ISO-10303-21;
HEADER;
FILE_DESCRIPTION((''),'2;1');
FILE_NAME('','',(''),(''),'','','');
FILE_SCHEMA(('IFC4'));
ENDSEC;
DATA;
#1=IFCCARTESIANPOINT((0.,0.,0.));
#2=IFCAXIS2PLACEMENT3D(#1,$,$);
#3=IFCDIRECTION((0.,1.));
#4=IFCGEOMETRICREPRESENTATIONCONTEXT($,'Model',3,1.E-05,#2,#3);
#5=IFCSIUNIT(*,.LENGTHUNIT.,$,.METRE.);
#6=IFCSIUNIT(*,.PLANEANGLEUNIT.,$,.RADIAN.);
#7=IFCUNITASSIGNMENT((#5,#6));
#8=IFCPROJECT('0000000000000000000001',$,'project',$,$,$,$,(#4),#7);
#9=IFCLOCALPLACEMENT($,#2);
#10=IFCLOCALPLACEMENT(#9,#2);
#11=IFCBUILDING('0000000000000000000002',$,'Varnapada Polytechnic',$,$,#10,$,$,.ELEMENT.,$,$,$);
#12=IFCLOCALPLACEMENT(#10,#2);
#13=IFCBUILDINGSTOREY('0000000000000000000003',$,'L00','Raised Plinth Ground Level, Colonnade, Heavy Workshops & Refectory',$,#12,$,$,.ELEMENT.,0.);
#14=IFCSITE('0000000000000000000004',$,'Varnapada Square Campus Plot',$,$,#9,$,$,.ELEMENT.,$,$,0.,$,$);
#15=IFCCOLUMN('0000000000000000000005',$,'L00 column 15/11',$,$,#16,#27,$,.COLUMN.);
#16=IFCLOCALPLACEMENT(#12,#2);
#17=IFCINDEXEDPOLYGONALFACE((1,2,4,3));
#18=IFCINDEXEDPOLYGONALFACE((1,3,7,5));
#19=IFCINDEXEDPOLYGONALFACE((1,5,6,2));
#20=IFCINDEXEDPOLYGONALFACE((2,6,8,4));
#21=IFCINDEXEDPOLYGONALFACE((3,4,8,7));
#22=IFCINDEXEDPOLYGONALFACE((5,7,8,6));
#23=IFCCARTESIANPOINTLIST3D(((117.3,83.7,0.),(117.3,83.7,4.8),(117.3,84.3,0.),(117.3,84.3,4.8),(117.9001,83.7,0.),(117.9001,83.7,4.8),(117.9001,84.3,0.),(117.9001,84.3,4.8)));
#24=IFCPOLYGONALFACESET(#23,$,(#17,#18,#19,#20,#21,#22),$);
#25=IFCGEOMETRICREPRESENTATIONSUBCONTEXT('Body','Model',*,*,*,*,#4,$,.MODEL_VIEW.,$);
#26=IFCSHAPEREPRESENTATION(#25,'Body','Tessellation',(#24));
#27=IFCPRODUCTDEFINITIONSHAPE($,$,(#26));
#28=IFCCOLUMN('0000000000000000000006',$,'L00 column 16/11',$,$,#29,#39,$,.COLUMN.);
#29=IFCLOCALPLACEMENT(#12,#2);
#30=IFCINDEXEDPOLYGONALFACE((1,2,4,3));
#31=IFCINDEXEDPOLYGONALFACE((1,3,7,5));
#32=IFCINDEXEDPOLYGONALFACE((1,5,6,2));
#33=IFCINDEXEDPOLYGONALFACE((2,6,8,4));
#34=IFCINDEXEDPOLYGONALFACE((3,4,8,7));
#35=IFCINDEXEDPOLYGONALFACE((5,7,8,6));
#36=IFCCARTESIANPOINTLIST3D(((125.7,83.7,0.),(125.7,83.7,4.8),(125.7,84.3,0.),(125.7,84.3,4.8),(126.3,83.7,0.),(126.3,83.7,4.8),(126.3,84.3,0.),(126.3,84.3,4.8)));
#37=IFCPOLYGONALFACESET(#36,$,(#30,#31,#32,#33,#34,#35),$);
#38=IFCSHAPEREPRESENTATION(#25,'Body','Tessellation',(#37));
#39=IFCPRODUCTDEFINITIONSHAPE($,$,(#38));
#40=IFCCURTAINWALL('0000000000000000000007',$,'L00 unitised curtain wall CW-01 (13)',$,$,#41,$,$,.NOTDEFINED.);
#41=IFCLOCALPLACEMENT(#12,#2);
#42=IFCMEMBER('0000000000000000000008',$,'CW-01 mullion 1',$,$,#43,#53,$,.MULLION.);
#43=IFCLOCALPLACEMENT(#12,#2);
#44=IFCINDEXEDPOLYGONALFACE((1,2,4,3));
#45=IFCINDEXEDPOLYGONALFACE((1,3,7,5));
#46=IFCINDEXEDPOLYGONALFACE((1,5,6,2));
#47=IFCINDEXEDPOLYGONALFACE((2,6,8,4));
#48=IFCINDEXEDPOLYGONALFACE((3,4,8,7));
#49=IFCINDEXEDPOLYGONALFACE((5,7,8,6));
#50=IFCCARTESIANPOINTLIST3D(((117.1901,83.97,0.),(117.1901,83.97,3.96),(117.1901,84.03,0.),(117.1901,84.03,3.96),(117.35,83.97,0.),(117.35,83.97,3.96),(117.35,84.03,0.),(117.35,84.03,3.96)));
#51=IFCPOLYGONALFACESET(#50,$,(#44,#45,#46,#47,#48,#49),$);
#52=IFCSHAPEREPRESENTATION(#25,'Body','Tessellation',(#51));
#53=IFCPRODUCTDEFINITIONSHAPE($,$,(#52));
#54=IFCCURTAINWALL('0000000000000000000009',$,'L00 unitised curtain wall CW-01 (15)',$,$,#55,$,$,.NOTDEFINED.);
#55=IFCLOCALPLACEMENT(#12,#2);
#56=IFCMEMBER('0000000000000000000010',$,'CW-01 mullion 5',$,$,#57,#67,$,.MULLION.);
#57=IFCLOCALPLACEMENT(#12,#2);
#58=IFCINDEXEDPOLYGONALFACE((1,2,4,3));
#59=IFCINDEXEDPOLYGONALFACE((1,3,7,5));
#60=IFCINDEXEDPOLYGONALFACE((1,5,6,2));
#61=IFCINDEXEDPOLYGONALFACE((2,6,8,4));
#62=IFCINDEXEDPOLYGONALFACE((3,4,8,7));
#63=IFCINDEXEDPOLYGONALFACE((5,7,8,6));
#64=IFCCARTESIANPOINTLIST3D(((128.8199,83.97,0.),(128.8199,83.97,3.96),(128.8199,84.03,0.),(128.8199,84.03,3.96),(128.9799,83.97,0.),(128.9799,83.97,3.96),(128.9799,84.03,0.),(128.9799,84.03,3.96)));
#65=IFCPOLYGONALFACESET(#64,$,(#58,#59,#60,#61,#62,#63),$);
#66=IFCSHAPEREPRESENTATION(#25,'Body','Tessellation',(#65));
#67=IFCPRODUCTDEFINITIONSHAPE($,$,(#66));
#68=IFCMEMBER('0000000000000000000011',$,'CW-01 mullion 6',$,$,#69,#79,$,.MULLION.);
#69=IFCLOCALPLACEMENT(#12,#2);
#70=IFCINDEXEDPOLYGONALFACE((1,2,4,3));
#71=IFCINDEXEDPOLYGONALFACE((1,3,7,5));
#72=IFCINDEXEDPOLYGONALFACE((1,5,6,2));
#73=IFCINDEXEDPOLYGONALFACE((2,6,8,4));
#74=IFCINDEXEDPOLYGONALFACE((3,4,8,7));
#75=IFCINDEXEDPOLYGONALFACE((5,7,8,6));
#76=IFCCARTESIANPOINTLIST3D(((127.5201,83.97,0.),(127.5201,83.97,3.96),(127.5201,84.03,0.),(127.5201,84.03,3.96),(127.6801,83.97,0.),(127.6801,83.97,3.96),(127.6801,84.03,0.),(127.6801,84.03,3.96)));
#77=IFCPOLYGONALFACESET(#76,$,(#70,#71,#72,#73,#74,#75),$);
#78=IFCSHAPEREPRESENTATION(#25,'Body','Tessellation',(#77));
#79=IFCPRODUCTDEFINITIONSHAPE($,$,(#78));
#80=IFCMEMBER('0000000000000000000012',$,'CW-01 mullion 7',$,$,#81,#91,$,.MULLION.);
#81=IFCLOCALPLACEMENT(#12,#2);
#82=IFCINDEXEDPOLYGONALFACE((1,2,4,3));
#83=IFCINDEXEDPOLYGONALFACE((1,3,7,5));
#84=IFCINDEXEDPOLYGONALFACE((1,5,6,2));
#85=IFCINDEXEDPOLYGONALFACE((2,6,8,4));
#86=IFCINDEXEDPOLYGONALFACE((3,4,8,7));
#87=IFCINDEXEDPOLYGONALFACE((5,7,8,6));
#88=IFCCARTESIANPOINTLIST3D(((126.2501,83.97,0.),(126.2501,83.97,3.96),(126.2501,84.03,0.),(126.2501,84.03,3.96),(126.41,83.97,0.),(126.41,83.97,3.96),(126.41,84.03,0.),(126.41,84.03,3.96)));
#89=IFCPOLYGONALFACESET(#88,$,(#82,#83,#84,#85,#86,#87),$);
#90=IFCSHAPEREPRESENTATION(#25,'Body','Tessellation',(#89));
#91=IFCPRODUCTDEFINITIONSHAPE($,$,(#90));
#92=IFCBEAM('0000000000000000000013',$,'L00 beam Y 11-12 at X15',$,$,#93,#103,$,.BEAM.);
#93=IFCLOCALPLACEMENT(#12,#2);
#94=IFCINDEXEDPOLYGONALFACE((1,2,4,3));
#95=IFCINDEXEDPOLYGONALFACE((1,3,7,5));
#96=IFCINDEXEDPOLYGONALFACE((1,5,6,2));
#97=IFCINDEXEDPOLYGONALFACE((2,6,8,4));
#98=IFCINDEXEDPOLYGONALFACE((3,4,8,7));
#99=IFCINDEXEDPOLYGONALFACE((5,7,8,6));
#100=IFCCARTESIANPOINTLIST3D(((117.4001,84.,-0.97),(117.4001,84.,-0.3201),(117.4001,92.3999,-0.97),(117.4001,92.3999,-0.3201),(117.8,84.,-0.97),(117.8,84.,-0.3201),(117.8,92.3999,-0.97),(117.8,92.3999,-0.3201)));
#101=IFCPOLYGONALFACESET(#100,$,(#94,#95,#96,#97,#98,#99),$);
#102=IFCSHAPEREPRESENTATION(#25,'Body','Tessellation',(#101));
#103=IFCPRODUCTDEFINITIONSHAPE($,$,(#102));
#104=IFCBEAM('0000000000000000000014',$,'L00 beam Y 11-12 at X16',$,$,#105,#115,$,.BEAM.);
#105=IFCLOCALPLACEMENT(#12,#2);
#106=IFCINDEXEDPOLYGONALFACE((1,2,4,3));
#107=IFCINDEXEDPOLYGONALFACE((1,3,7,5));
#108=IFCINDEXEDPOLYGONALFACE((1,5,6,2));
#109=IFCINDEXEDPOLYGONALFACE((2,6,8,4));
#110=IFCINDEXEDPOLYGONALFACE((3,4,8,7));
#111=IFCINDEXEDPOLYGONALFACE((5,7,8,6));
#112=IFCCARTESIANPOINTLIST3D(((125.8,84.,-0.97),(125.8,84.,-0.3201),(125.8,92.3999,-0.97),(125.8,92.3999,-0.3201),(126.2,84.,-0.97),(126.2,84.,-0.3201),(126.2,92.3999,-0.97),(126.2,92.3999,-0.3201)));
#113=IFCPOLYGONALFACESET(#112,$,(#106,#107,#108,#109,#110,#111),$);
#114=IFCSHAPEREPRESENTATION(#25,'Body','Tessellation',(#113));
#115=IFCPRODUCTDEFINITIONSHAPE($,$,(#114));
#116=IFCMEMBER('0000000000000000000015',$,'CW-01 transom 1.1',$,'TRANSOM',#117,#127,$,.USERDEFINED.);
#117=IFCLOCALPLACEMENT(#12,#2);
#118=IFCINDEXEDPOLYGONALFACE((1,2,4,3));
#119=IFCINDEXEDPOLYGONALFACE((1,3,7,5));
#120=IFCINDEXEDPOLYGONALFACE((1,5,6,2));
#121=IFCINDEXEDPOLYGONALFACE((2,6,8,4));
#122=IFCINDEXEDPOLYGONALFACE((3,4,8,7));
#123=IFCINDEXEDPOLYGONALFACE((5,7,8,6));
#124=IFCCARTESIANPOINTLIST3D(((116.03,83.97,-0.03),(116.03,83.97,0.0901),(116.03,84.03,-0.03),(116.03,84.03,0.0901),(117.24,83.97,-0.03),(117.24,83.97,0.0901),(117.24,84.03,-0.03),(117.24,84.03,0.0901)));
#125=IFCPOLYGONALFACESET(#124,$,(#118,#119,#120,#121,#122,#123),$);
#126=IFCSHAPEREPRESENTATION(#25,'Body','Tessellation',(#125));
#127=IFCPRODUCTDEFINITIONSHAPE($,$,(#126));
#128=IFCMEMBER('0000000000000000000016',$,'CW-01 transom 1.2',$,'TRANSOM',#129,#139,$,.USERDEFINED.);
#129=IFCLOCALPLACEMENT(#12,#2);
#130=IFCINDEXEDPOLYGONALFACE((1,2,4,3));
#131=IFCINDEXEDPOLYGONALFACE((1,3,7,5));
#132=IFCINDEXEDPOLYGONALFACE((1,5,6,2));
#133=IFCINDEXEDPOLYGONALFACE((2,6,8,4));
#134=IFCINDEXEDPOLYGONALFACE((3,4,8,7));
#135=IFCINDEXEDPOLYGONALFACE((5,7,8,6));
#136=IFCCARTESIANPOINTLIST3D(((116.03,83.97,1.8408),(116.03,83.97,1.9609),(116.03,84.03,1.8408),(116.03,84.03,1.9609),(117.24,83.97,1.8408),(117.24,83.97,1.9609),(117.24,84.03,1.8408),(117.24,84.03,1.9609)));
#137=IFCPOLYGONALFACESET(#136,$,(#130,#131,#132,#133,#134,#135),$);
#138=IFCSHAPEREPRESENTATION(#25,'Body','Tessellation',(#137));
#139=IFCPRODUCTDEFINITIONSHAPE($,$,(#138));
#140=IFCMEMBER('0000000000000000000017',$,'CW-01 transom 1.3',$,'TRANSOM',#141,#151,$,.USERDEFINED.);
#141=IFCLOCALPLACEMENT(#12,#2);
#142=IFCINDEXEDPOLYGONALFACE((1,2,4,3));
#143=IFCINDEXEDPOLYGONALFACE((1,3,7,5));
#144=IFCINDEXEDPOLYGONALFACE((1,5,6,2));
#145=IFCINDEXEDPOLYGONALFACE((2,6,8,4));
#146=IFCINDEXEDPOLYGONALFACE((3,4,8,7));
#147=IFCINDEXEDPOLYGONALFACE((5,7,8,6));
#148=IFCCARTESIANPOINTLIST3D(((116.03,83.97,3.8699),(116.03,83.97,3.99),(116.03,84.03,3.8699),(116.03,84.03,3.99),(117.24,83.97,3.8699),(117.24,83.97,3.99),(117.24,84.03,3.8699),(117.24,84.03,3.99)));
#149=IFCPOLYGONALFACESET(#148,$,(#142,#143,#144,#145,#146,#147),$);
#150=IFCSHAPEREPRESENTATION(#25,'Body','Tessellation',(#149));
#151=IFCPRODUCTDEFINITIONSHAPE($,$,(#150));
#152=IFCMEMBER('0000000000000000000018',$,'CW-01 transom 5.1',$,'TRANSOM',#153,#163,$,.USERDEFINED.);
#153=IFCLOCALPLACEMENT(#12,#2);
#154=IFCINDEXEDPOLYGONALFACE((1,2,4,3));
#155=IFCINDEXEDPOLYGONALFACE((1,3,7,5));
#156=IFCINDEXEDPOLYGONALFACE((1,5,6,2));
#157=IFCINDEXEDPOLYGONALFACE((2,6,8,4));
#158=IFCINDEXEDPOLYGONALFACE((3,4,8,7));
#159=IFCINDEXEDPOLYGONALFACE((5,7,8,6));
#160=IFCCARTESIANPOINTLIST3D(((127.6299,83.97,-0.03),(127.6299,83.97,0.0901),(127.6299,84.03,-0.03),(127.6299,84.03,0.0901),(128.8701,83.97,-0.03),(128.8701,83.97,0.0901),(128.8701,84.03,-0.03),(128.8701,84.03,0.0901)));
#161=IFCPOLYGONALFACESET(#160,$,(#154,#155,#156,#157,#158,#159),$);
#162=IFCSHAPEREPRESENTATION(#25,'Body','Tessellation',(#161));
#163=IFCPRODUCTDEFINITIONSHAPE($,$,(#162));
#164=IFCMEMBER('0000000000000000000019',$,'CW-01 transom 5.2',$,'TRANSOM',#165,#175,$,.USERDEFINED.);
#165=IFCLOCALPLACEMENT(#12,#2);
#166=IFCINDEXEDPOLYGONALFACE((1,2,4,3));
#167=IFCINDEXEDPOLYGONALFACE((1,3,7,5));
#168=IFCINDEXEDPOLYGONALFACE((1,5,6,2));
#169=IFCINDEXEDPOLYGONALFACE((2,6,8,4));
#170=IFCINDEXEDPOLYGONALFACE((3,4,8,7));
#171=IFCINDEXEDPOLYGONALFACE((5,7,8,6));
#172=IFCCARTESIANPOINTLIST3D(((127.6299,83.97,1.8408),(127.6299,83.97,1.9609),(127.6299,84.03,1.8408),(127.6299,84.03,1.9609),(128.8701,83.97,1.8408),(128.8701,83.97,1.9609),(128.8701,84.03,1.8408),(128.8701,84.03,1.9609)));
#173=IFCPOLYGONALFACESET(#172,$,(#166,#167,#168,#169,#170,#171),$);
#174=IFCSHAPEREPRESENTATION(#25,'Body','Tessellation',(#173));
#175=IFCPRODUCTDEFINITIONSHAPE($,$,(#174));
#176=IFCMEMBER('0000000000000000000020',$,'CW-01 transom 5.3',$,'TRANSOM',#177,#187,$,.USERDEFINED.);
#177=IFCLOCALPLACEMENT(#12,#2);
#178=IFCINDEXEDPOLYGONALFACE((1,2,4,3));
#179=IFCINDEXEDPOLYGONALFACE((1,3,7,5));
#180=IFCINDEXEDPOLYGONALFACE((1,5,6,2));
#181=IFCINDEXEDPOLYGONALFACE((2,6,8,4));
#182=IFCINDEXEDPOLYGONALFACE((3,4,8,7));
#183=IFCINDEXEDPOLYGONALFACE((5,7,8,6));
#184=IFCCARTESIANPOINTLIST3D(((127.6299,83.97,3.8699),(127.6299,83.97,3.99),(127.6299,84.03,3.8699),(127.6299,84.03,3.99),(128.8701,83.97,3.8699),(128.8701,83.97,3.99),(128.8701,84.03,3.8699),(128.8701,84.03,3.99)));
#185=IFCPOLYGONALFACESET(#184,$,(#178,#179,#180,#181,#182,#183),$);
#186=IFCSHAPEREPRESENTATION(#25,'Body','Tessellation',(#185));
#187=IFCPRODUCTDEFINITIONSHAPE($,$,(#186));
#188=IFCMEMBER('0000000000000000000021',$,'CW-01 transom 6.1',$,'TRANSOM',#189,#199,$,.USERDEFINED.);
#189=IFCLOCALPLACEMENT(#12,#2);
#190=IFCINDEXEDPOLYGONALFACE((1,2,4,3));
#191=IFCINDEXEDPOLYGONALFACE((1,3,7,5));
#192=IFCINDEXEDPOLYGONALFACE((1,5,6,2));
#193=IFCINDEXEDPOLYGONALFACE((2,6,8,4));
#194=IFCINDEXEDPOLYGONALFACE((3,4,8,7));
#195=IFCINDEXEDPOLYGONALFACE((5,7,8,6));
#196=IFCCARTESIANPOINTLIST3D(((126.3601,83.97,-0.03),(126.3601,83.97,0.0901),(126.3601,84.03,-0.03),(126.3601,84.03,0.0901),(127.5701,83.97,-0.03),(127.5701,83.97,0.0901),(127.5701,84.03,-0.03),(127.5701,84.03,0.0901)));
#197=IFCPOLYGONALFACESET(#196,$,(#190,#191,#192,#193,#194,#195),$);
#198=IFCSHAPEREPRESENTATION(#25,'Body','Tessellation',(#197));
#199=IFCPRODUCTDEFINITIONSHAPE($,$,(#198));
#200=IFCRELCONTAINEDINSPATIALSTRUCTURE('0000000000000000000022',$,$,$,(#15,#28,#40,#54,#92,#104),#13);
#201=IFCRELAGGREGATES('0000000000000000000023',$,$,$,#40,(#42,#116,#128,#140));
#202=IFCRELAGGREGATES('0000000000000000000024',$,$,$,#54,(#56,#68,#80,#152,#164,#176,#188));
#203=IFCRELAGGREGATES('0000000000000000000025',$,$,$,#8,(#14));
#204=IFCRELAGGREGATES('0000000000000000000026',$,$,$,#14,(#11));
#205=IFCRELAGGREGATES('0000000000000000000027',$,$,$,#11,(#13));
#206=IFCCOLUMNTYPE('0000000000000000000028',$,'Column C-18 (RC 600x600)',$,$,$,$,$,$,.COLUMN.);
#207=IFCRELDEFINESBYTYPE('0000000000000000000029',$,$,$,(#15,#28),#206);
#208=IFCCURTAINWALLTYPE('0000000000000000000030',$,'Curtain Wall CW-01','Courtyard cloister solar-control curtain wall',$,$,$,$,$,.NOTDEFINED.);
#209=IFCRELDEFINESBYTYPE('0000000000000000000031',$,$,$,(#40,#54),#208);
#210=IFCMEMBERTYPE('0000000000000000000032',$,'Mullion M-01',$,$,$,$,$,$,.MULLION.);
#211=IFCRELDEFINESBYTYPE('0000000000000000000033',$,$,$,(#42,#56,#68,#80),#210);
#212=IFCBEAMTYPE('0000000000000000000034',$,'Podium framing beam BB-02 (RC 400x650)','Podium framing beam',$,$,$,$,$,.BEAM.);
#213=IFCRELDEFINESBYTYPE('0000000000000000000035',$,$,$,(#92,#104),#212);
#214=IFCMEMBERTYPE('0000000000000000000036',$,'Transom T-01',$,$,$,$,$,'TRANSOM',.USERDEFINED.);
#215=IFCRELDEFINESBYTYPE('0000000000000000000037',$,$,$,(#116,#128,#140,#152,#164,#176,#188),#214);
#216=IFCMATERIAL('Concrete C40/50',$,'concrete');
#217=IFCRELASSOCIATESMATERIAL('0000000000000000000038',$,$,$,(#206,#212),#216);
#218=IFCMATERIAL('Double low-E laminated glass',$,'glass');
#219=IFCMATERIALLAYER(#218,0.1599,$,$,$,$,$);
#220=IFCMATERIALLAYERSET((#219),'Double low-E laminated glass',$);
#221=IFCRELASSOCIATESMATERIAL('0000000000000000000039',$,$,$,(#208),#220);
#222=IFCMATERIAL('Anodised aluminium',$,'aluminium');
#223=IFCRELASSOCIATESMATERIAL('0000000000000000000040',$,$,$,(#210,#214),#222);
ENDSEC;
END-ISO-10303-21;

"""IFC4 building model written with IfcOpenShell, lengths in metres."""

from ifc_helpers import new_model, si_unit, direction, frame, origin, origin_2d, place, context, subcontext, project, spatial, rectangle, extrude, material, layer, layer_set, material_profile, profile_set, type_object, element, aggregate, save


model = new_model("IFC4")

# Units and contexts
model_context = context("Model", 3, precision=1e-05, world=origin(), true_north=direction((0.0, 1.0)))
body_context = subcontext(model_context, "Body", "Model", "MODEL_VIEW")
ifc_project = project(units=[si_unit("LENGTHUNIT", "METRE"), si_unit("PLANEANGLEUNIT", "RADIAN")], contexts=[model_context])

# Site, building, storey
site_placement = place(None, origin())
site = spatial("IfcSite", under=ifc_project, at=site_placement, Name="Varnapada Square Campus Plot", CompositionType="ELEMENT", RefElevation=0.0)
building_placement = place(site_placement, origin())
building = spatial("IfcBuilding", under=site, at=building_placement, Name="Varnapada Polytechnic", CompositionType="ELEMENT")
storey_placement = place(building_placement, origin())
storey = spatial("IfcBuildingStorey", under=building, at=storey_placement, Name="L00", Description="Raised Plinth Ground Level, Colonnade, Heavy Workshops & Refectory", CompositionType="ELEMENT", Elevation=0.0)

# Columns
ifc_material_1 = material(Name="Concrete C40/50", Category="concrete")
ifc_material_profile_1 = material_profile(ifc_material_1, rectangle(XDim=0.6001, YDim=0.6001, at=origin_2d()), Name="RC 600x600")
ifc_profile_set_1 = profile_set([ifc_material_profile_1], Name="Concrete C40/50")
column_type = type_object("IfcColumnType", Name="Column C-18 (RC 600x600)", PredefinedType="COLUMN", material=ifc_profile_set_1)
for number, where, z_axis, x_axis, name in (
    (1, (117.6001, 84.0, 0.0), (0.0, 0.0, 1.0), (1.0, 0.0, 0.0), "L00 column 15/11"),
    (2, (126.0, 84.0, 0.0), (0.0, 0.0, 1.0), (1.0, 0.0, 0.0), "L00 column 16/11"),
):
    element("IfcColumn", number, at=place(storey_placement, frame(where, z_axis=z_axis, x_axis=x_axis)), inside=storey, type_object=column_type, Name=name, PredefinedType="COLUMN", context=body_context, shape_type="SweptSolid", body=[
        extrude(rectangle(XDim=0.6001, YDim=0.6001, at=origin_2d()), origin(), (0.0, 0.0, 1.0), 4.8),
    ])

# Curtain wall, member
ifc_material_2 = material(Name="Double low-E laminated glass", Category="glass")
ifc_layer_1 = layer(ifc_material_2, 0.1599)
ifc_layer_set_1 = layer_set([ifc_layer_1], Name="Double low-E laminated glass")
curtain_wall_type = type_object("IfcCurtainWallType", Name="Curtain Wall CW-01", Description="Courtyard cloister solar-control curtain wall", PredefinedType="NOTDEFINED", material=ifc_layer_set_1)
curtain_wall_1_placement = place(storey_placement, origin())
curtain_wall_1 = element("IfcCurtainWall", 3, at=curtain_wall_1_placement, inside=storey, type_object=curtain_wall_type, Name="L00 unitised curtain wall CW-01 (13)", PredefinedType="NOTDEFINED")
ifc_material_3 = material(Name="Anodised aluminium", Category="aluminium")
ifc_material_profile_2 = material_profile(ifc_material_3, rectangle(XDim=0.0601, YDim=0.1599, at=origin_2d()), Name="ALU M60x160")
ifc_profile_set_2 = profile_set([ifc_material_profile_2], Name="Anodised aluminium")
member_type_1 = type_object("IfcMemberType", Name="Mullion M-01", PredefinedType="MULLION", material=ifc_profile_set_2)
member_1_placement = place(storey_placement, frame((117.27, 84.0, 0.0), z_axis=(0.0, 0.0, 1.0), x_axis=(0.0, -1.0, 0.0)))
member_1 = element("IfcMember", 4, at=member_1_placement, type_object=member_type_1, Name="CW-01 mullion 1", PredefinedType="MULLION", context=body_context, shape_type="SweptSolid", body=[
    extrude(rectangle(XDim=0.0601, YDim=0.1599, at=origin_2d()), origin(), (0.0, 0.0, 1.0), 3.96),
])

# Curtain wall, members
curtain_wall_2_placement = place(storey_placement, origin())
curtain_wall_2 = element("IfcCurtainWall", 5, at=curtain_wall_2_placement, inside=storey, type_object=curtain_wall_type, Name="L00 unitised curtain wall CW-01 (15)", PredefinedType="NOTDEFINED")
member_2_placement = place(storey_placement, frame((128.8999, 84.0, 0.0), z_axis=(0.0, 0.0, 1.0), x_axis=(0.0, -1.0, 0.0)))
member_2 = element("IfcMember", 6, at=member_2_placement, type_object=member_type_1, Name="CW-01 mullion 5", PredefinedType="MULLION", context=body_context, shape_type="SweptSolid", body=[
    extrude(rectangle(XDim=0.0601, YDim=0.1599, at=origin_2d()), origin(), (0.0, 0.0, 1.0), 3.96),
])
member_3_placement = place(storey_placement, frame((127.6001, 84.0, 0.0), z_axis=(0.0, 0.0, 1.0), x_axis=(0.0, -1.0, 0.0)))
member_3 = element("IfcMember", 7, at=member_3_placement, type_object=member_type_1, Name="CW-01 mullion 6", PredefinedType="MULLION", context=body_context, shape_type="SweptSolid", body=[
    extrude(rectangle(XDim=0.0601, YDim=0.1599, at=origin_2d()), origin(), (0.0, 0.0, 1.0), 3.96),
])
member_4_placement = place(storey_placement, frame((126.3301, 84.0, 0.0), z_axis=(0.0, 0.0, 1.0), x_axis=(0.0, -1.0, 0.0)))
member_4 = element("IfcMember", 8, at=member_4_placement, type_object=member_type_1, Name="CW-01 mullion 7", PredefinedType="MULLION", context=body_context, shape_type="SweptSolid", body=[
    extrude(rectangle(XDim=0.0601, YDim=0.1599, at=origin_2d()), origin(), (0.0, 0.0, 1.0), 3.96),
])

# Beams
ifc_material_profile_3 = material_profile(ifc_material_1, rectangle(XDim=0.3999, YDim=0.6499, at=origin_2d()), Name="RC 400x650")
ifc_profile_set_3 = profile_set([ifc_material_profile_3], Name="Concrete C40/50")
beam_type_1 = type_object("IfcBeamType", Name="Podium framing beam BB-02 (RC 400x650)", Description="Podium framing beam", PredefinedType="BEAM", material=ifc_profile_set_3)
for number, where, z_axis, x_axis, name in (
    (9, (117.6001, 84.0, -0.645), (0.0, 1.0, 0.0), (-1.0, 0.0, 0.0), "L00 beam Y 11-12 at X15"),
    (10, (126.0, 84.0, -0.645), (0.0, 1.0, 0.0), (-1.0, 0.0, 0.0), "L00 beam Y 11-12 at X16"),
):
    element("IfcBeam", number, at=place(storey_placement, frame(where, z_axis=z_axis, x_axis=x_axis)), inside=storey, type_object=beam_type_1, Name=name, PredefinedType="BEAM", context=body_context, shape_type="SweptSolid", body=[
        extrude(rectangle(XDim=0.3999, YDim=0.6499, at=origin_2d()), origin(), (0.0, 0.0, 1.0), 8.3999),
    ])

# Members
ifc_material_profile_4 = material_profile(ifc_material_3, rectangle(XDim=0.0601, YDim=0.1201, at=origin_2d()), Name="ALU T60x120")
ifc_profile_set_4 = profile_set([ifc_material_profile_4], Name="Anodised aluminium")
member_type_2 = type_object("IfcMemberType", Name="Transom T-01", ElementType="TRANSOM", PredefinedType="USERDEFINED", material=ifc_profile_set_4)
member_5_placement = place(storey_placement, frame((117.24, 84.0, 0.03), z_axis=(-1.0, 0.0, 0.0), x_axis=(0.0, -1.0, 0.0)))
member_5 = element("IfcMember", 11, at=member_5_placement, type_object=member_type_2, Name="CW-01 transom 1.1", ObjectType="TRANSOM", PredefinedType="USERDEFINED", context=body_context, shape_type="SweptSolid", body=[
    extrude(rectangle(XDim=0.0601, YDim=0.1201, at=origin_2d()), origin(), (0.0, 0.0, 1.0), 1.21),
])
member_6_placement = place(storey_placement, frame((117.24, 84.0, 1.9009), z_axis=(-1.0, 0.0, 0.0), x_axis=(0.0, -1.0, 0.0)))
member_6 = element("IfcMember", 12, at=member_6_placement, type_object=member_type_2, Name="CW-01 transom 1.2", ObjectType="TRANSOM", PredefinedType="USERDEFINED", context=body_context, shape_type="SweptSolid", body=[
    extrude(rectangle(XDim=0.0601, YDim=0.1201, at=origin_2d()), origin(), (0.0, 0.0, 1.0), 1.21),
])
member_7_placement = place(storey_placement, frame((117.24, 84.0, 3.9299), z_axis=(-1.0, 0.0, 0.0), x_axis=(0.0, -1.0, 0.0)))
member_7 = element("IfcMember", 13, at=member_7_placement, type_object=member_type_2, Name="CW-01 transom 1.3", ObjectType="TRANSOM", PredefinedType="USERDEFINED", context=body_context, shape_type="SweptSolid", body=[
    extrude(rectangle(XDim=0.0601, YDim=0.1201, at=origin_2d()), origin(), (0.0, 0.0, 1.0), 1.21),
])
aggregate(curtain_wall_1, [member_1, member_5, member_6, member_7])
member_8_placement = place(storey_placement, frame((128.8701, 84.0, 0.03), z_axis=(-1.0, 0.0, 0.0), x_axis=(0.0, -1.0, 0.0)))
member_8 = element("IfcMember", 14, at=member_8_placement, type_object=member_type_2, Name="CW-01 transom 5.1", ObjectType="TRANSOM", PredefinedType="USERDEFINED", context=body_context, shape_type="SweptSolid", body=[
    extrude(rectangle(XDim=0.0601, YDim=0.1201, at=origin_2d()), origin(), (0.0, 0.0, 1.0), 1.2402),
])
member_9_placement = place(storey_placement, frame((128.8701, 84.0, 1.9009), z_axis=(-1.0, 0.0, 0.0), x_axis=(0.0, -1.0, 0.0)))
member_9 = element("IfcMember", 15, at=member_9_placement, type_object=member_type_2, Name="CW-01 transom 5.2", ObjectType="TRANSOM", PredefinedType="USERDEFINED", context=body_context, shape_type="SweptSolid", body=[
    extrude(rectangle(XDim=0.0601, YDim=0.1201, at=origin_2d()), origin(), (0.0, 0.0, 1.0), 1.2402),
])
member_10_placement = place(storey_placement, frame((128.8701, 84.0, 3.9299), z_axis=(-1.0, 0.0, 0.0), x_axis=(0.0, -1.0, 0.0)))
member_10 = element("IfcMember", 16, at=member_10_placement, type_object=member_type_2, Name="CW-01 transom 5.3", ObjectType="TRANSOM", PredefinedType="USERDEFINED", context=body_context, shape_type="SweptSolid", body=[
    extrude(rectangle(XDim=0.0601, YDim=0.1201, at=origin_2d()), origin(), (0.0, 0.0, 1.0), 1.2402),
])
member_11_placement = place(storey_placement, frame((127.5701, 84.0, 0.03), z_axis=(-1.0, 0.0, 0.0), x_axis=(0.0, -1.0, 0.0)))
member_11 = element("IfcMember", 17, at=member_11_placement, type_object=member_type_2, Name="CW-01 transom 6.1", ObjectType="TRANSOM", PredefinedType="USERDEFINED", context=body_context, shape_type="SweptSolid", body=[
    extrude(rectangle(XDim=0.0601, YDim=0.1201, at=origin_2d()), origin(), (0.0, 0.0, 1.0), 1.21),
])

aggregate(curtain_wall_2, [member_2, member_3, member_4, member_8, member_9, member_10, member_11])

save(model, "model.ifc")
